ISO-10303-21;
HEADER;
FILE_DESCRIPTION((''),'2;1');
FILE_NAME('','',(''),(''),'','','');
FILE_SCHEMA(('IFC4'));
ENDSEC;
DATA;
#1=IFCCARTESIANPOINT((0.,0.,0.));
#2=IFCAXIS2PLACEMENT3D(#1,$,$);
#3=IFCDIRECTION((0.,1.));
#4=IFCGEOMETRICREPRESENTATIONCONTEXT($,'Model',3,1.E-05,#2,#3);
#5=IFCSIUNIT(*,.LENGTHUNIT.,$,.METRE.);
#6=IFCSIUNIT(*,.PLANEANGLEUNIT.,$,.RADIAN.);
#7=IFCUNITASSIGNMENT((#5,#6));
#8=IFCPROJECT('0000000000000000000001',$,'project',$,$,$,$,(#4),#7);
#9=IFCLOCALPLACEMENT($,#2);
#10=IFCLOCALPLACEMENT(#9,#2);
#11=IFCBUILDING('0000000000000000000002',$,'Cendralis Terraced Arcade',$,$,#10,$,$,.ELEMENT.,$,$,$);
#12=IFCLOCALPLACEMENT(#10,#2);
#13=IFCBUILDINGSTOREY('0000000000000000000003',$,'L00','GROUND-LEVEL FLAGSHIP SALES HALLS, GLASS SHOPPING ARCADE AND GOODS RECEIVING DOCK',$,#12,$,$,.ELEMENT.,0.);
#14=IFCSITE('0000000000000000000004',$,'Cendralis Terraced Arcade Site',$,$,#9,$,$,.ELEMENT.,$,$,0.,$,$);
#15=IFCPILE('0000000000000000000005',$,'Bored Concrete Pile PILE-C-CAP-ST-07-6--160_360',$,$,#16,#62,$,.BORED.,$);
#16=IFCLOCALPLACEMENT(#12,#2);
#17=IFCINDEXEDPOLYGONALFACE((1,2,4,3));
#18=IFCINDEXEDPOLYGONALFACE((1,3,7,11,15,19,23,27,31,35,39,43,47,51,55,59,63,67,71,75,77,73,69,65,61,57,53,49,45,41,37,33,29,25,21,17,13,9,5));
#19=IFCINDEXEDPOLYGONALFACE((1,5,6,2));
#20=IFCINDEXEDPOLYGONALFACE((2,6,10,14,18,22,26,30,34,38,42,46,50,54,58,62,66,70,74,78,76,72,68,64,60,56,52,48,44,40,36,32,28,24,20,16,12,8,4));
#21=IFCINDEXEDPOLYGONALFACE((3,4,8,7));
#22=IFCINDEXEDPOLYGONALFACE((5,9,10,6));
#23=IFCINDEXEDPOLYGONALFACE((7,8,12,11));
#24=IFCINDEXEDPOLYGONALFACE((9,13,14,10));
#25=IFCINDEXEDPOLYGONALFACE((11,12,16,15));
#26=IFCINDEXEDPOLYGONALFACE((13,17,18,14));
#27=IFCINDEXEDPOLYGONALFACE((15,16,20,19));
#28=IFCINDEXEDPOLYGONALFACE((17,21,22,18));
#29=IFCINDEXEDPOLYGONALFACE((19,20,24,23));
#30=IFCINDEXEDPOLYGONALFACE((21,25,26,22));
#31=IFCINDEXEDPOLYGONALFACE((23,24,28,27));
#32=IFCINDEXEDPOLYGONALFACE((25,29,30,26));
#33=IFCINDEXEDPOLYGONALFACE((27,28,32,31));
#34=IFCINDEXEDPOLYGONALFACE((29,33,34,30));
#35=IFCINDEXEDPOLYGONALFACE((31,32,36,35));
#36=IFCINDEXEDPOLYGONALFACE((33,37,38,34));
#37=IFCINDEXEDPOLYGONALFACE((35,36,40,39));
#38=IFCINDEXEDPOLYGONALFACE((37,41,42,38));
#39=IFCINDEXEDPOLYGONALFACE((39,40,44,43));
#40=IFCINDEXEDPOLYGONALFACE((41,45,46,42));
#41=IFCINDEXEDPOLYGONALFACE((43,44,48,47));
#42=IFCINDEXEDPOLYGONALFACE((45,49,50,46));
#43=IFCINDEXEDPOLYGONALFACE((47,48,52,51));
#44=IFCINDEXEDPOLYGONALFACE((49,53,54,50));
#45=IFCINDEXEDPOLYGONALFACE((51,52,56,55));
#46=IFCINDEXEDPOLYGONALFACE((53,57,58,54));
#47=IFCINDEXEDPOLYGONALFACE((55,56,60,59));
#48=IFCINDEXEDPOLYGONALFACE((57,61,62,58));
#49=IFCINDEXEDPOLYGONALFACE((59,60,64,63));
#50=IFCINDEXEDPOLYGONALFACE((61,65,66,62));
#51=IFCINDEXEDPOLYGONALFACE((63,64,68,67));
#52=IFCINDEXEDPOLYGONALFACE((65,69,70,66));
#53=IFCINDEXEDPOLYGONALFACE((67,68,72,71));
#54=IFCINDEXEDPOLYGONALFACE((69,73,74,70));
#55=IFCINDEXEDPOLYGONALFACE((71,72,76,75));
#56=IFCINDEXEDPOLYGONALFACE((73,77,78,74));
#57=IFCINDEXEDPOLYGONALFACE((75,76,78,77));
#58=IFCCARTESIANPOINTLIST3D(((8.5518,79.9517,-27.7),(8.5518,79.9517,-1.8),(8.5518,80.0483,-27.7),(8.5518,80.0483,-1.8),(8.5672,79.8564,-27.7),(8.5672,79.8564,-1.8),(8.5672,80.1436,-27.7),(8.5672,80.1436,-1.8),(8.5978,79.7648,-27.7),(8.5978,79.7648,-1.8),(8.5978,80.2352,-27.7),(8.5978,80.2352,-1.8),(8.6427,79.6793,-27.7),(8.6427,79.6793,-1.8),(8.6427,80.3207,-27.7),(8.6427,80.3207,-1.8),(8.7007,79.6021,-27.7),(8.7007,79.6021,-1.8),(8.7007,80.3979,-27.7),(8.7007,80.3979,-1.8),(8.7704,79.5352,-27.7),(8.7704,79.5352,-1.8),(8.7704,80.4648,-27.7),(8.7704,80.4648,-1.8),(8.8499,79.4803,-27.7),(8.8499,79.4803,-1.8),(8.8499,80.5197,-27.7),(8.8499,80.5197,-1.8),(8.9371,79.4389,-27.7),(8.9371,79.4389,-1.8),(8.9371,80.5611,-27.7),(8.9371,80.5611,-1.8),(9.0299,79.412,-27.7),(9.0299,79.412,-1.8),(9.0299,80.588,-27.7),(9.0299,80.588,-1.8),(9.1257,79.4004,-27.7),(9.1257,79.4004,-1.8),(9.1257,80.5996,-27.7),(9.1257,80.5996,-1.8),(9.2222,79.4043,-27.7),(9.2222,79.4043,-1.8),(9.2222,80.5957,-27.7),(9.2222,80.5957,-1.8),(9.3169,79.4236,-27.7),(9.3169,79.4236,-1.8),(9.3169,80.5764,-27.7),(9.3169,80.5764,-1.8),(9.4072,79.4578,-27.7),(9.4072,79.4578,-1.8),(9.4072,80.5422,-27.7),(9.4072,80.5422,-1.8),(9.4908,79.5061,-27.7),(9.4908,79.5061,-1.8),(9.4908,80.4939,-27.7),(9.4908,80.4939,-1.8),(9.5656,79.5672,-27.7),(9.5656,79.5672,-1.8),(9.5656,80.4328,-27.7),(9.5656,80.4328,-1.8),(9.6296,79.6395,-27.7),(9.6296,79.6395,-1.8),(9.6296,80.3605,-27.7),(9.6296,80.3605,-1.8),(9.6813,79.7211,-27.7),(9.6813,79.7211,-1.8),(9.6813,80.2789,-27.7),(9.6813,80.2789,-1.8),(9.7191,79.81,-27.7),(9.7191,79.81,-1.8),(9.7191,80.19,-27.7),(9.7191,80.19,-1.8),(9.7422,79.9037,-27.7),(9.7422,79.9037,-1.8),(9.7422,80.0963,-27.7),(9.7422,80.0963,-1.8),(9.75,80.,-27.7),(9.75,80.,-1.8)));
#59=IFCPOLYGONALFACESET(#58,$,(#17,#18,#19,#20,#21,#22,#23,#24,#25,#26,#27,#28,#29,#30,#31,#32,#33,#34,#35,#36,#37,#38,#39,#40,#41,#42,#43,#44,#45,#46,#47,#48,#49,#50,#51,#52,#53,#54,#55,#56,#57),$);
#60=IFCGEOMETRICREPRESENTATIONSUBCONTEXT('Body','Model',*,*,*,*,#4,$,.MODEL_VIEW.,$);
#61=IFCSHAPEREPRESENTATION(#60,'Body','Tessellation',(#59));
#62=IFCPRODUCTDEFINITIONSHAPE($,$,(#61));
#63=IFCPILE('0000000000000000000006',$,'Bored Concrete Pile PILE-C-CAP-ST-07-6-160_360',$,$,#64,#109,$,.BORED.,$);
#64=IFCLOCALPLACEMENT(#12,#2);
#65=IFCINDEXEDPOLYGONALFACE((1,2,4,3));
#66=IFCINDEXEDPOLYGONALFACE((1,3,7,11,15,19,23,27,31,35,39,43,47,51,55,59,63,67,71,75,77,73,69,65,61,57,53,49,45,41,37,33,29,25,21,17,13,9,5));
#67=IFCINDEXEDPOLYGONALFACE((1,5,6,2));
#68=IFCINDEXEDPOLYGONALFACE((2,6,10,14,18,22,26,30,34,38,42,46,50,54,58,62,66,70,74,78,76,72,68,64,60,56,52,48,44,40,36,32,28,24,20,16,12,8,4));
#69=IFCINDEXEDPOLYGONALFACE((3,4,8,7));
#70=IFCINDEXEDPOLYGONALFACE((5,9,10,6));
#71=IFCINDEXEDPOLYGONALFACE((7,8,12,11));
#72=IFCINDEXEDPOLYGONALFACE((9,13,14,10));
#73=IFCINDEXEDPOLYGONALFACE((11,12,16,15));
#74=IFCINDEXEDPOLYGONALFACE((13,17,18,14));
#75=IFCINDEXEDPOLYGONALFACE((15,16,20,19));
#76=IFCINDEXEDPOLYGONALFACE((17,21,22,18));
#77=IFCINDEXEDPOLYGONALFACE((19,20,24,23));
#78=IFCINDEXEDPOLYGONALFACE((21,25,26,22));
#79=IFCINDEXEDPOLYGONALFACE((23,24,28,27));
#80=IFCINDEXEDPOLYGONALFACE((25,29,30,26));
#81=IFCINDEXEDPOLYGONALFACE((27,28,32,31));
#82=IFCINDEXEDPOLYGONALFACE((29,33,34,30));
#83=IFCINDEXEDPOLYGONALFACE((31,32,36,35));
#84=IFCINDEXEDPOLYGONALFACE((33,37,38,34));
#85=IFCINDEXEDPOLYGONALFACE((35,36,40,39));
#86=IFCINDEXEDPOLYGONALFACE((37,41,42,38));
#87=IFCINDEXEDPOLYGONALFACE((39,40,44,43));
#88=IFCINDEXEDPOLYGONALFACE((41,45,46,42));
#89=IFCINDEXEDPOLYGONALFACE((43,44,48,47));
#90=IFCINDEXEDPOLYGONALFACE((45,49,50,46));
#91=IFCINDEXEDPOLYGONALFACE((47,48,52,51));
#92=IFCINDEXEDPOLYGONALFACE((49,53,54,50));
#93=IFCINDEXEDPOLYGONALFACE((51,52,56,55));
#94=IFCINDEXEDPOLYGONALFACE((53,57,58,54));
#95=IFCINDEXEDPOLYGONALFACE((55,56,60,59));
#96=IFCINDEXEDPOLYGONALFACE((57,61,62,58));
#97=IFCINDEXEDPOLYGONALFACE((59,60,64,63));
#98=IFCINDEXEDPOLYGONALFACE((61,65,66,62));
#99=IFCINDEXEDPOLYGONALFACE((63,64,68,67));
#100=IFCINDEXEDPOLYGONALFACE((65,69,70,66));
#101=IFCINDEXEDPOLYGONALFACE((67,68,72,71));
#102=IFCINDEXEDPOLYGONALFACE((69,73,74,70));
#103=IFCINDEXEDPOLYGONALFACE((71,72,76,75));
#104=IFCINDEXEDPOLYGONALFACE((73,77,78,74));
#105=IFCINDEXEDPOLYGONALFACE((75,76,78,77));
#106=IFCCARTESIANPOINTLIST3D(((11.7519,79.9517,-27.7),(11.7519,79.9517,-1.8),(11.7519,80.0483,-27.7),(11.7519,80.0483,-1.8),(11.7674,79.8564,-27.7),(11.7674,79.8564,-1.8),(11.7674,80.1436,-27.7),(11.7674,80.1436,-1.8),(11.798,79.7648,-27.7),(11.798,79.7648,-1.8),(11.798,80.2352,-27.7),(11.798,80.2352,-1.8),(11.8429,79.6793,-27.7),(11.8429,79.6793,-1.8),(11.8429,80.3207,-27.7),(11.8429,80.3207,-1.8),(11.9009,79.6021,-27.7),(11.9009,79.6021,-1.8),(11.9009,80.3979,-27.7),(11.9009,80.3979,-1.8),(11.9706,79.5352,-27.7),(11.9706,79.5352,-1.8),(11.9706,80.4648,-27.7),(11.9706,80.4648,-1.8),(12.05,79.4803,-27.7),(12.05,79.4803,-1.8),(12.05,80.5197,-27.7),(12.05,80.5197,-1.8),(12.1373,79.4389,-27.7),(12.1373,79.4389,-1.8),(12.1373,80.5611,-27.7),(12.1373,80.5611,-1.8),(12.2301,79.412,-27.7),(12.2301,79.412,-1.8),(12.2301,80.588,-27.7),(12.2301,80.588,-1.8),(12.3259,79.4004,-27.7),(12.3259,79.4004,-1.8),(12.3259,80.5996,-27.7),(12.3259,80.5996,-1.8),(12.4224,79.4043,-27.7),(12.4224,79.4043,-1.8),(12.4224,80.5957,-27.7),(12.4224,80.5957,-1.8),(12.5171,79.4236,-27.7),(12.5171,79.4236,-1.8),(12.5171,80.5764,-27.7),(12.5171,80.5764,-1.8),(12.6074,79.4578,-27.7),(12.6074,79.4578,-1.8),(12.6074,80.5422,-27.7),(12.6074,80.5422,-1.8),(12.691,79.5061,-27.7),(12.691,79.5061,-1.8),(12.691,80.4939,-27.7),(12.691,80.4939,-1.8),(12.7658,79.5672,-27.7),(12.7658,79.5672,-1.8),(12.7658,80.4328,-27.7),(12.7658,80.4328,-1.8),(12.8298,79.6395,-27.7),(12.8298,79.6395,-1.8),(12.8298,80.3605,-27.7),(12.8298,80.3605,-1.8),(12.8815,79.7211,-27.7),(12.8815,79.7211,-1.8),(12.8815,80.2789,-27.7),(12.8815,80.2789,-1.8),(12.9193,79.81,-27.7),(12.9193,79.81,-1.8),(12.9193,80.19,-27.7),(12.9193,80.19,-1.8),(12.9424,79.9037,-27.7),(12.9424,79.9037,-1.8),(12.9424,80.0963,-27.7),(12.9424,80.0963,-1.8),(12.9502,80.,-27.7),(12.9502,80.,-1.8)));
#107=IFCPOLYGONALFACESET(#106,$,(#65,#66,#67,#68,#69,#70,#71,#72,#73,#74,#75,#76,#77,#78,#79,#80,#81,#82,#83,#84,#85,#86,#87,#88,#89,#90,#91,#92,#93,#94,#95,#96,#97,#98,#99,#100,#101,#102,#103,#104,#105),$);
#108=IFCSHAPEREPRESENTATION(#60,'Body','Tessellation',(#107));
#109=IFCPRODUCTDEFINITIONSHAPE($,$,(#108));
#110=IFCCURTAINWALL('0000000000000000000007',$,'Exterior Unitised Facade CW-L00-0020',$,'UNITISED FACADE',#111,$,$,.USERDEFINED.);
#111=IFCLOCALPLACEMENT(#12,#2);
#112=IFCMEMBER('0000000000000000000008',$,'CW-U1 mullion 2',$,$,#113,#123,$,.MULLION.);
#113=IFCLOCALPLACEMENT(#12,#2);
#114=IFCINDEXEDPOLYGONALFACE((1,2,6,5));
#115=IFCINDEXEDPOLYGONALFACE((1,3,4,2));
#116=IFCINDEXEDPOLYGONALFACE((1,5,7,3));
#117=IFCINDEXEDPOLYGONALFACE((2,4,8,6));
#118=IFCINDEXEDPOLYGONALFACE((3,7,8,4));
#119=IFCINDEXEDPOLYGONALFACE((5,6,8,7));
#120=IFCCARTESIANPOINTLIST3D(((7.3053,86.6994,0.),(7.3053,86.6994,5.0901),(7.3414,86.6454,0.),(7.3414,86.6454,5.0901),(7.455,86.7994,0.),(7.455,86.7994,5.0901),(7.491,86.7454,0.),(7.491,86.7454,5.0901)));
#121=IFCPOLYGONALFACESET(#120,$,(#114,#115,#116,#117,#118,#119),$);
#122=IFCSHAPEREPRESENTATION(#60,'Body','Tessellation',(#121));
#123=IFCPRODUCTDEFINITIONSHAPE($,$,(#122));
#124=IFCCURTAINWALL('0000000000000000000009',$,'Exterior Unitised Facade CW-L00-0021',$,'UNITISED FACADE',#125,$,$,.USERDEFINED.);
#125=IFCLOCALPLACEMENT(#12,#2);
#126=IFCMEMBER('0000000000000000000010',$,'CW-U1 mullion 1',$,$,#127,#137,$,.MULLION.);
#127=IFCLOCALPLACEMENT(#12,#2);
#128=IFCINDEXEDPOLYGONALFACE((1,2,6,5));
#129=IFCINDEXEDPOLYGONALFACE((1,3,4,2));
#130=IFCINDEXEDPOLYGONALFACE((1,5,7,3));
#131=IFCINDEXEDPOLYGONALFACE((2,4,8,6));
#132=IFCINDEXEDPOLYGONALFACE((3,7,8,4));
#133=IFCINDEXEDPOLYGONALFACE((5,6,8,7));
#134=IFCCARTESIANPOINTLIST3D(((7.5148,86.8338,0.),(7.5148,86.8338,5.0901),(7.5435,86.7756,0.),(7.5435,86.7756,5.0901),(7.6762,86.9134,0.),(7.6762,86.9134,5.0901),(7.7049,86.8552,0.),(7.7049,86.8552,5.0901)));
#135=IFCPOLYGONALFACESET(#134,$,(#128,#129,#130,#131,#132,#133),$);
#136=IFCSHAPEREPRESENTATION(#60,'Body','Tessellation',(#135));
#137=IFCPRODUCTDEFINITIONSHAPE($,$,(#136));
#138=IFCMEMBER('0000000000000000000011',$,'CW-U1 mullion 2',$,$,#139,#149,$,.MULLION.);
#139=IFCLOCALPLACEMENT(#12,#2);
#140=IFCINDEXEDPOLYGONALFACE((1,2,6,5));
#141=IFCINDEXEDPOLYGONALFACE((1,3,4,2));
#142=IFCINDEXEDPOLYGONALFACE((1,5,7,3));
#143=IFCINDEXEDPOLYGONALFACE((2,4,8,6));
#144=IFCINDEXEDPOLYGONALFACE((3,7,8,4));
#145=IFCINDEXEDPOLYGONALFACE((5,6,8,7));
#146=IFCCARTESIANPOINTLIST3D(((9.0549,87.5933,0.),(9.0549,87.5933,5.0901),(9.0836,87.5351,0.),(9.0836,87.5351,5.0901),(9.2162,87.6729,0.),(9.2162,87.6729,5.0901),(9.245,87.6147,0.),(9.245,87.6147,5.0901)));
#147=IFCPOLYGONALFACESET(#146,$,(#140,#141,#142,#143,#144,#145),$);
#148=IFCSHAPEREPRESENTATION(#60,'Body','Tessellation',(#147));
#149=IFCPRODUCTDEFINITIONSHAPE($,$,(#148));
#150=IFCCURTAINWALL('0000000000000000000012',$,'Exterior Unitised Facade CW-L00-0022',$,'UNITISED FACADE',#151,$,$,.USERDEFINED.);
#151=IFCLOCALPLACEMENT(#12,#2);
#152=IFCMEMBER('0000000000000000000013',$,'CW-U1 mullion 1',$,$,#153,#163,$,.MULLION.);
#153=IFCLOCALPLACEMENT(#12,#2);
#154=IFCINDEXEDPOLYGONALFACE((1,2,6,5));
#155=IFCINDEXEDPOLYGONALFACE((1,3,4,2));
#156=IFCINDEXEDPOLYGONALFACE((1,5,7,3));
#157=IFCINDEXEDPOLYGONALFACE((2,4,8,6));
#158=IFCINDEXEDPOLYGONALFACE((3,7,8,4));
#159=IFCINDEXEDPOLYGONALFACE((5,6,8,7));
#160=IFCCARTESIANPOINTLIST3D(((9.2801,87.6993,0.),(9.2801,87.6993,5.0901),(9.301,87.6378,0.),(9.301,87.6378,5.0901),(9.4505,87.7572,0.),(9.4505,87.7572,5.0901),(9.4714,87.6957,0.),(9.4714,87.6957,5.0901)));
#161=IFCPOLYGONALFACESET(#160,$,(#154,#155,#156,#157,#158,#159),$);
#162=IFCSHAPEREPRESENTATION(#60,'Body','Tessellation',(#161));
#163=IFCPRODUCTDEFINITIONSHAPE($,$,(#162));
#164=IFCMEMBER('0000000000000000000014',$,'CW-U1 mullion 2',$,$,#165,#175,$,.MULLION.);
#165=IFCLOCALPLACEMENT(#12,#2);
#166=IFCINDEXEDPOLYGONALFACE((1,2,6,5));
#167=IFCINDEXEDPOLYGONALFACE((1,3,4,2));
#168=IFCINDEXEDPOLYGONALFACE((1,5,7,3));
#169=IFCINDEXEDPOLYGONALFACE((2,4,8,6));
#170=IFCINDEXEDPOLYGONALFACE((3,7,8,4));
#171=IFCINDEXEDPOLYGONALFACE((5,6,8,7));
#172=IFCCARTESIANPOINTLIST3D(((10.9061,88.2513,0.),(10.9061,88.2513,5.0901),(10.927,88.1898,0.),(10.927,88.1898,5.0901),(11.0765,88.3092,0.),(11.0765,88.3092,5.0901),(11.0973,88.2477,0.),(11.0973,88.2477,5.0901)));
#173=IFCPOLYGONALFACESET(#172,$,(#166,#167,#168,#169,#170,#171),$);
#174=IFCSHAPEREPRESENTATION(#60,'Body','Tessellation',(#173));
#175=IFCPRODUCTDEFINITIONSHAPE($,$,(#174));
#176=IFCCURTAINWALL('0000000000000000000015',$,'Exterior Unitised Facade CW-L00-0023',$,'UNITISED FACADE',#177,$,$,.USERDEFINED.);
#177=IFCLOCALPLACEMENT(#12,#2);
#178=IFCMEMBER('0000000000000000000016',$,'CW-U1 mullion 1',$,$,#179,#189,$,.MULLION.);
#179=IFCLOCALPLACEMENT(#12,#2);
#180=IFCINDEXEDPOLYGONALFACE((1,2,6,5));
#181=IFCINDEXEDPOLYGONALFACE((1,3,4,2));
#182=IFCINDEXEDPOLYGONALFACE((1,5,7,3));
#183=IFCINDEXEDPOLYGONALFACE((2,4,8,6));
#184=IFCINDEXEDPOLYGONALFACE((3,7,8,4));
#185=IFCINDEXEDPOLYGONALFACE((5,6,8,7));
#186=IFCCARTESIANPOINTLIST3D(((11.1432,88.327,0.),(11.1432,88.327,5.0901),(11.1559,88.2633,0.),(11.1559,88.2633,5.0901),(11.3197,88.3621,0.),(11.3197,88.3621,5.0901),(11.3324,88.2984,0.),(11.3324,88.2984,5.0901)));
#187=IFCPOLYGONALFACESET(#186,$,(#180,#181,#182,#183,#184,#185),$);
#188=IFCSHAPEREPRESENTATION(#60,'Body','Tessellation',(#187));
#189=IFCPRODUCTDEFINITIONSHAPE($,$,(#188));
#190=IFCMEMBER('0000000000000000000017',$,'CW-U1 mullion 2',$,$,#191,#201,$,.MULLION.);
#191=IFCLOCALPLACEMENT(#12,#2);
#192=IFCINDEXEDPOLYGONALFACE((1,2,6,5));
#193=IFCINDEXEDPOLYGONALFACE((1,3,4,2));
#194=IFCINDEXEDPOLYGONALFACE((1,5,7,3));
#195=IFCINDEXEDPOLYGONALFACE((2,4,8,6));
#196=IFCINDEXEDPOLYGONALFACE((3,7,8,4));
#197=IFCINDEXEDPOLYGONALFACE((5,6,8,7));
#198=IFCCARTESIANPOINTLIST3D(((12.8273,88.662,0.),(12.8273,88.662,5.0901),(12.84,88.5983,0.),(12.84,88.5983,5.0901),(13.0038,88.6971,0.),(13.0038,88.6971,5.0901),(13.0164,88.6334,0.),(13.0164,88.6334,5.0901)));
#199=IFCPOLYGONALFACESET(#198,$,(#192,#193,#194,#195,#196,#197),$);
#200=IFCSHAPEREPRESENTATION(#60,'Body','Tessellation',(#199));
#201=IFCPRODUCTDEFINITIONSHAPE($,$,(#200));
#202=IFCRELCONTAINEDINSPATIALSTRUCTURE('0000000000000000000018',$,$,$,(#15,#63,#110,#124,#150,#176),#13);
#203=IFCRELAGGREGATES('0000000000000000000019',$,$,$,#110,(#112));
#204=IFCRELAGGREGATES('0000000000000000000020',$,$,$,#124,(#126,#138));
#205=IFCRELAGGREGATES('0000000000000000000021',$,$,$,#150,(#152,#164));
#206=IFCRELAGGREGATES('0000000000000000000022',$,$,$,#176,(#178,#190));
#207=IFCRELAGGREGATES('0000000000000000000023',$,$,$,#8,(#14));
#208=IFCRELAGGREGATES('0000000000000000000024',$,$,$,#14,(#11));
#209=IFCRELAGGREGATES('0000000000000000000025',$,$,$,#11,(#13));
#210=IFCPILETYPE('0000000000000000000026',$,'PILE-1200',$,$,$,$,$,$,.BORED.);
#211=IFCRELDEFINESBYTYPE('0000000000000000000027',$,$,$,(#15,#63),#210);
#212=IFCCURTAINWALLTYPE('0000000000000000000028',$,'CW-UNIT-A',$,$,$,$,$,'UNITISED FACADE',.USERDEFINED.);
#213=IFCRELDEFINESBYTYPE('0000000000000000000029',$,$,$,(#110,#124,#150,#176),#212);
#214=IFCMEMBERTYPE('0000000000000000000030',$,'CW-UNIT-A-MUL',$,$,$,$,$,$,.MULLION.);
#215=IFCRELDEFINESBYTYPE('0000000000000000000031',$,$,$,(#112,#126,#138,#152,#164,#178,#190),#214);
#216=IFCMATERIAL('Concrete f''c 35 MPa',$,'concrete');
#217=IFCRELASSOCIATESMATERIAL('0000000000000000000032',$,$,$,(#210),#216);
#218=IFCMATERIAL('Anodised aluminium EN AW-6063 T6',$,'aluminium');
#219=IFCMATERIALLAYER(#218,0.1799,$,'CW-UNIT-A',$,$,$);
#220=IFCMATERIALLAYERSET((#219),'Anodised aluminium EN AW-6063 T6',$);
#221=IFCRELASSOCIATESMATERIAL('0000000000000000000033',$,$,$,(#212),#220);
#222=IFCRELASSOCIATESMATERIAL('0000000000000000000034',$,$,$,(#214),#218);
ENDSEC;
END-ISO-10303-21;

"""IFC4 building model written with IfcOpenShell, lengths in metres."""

from ifc_helpers import new_model, si_unit, direction, frame, origin, origin_2d, place, context, subcontext, project, spatial, rectangle, circle, extrude, material, layer, layer_set, material_profile, profile_set, type_object, element, aggregate, save


model = new_model("IFC4")

# Units and contexts
model_context = context("Model", 3, precision=1e-05, world=origin(), true_north=direction((0.0, 1.0)))
body_context = subcontext(model_context, "Body", "Model", "MODEL_VIEW")
ifc_project = project(units=[si_unit("LENGTHUNIT", "METRE"), si_unit("PLANEANGLEUNIT", "RADIAN")], contexts=[model_context])

# Site, building, storey
site_placement = place(None, origin())
site = spatial("IfcSite", under=ifc_project, at=site_placement, Name="Cendralis Terraced Arcade Site", CompositionType="ELEMENT", RefElevation=0.0)
building_placement = place(site_placement, origin())
building = spatial("IfcBuilding", under=site, at=building_placement, Name="Cendralis Terraced Arcade", CompositionType="ELEMENT")
storey_placement = place(building_placement, origin())
storey = spatial("IfcBuildingStorey", under=building, at=storey_placement, Name="L00", Description="GROUND-LEVEL FLAGSHIP SALES HALLS, GLASS SHOPPING ARCADE AND GOODS RECEIVING DOCK", CompositionType="ELEMENT", Elevation=0.0)

# Piles
ifc_material_1 = material(Name="Concrete f'c 35 MPa", Category="concrete")
ifc_material_profile_1 = material_profile(ifc_material_1, circle(Radius=0.6001, at=origin_2d()), Name="PILE-D1200", Category="LoadBearing")
ifc_profile_set_1 = profile_set([ifc_material_profile_1], Name="Concrete f'c 35 MPa")
pile_type = type_object("IfcPileType", Name="PILE-1200", PredefinedType="BORED", material=ifc_profile_set_1)
for number, where, z_axis, x_axis, name in (
    (1, (9.1499, 80.0, -1.8), (0.0, 0.0, -1.0), (1.0, 0.0, 0.0), "Bored Concrete Pile PILE-C-CAP-ST-07-6--160_360"),
    (2, (12.3501, 80.0, -1.8), (0.0, 0.0, -1.0), (1.0, 0.0, 0.0), "Bored Concrete Pile PILE-C-CAP-ST-07-6-160_360"),
):
    element("IfcPile", number, at=place(storey_placement, frame(where, z_axis=z_axis, x_axis=x_axis)), inside=storey, type_object=pile_type, Name=name, PredefinedType="BORED", context=body_context, shape_type="SweptSolid", body=[
        extrude(circle(Radius=0.6001, at=origin_2d()), origin(), (0.0, 0.0, 1.0), 25.8999),
    ])

# Curtain wall, member
ifc_material_2 = material(Name="Anodised aluminium EN AW-6063 T6", Category="aluminium")
ifc_layer_1 = layer(ifc_material_2, 0.1799, Name="CW-UNIT-A")
ifc_layer_set_1 = layer_set([ifc_layer_1], Name="Anodised aluminium EN AW-6063 T6")
curtain_wall_type = type_object("IfcCurtainWallType", Name="CW-UNIT-A", ElementType="UNITISED FACADE", PredefinedType="USERDEFINED", material=ifc_layer_set_1)
curtain_wall_1_placement = place(storey_placement, origin())
curtain_wall_1 = element("IfcCurtainWall", 3, at=curtain_wall_1_placement, inside=storey, type_object=curtain_wall_type, Name="Exterior Unitised Facade CW-L00-0020", ObjectType="UNITISED FACADE", PredefinedType="USERDEFINED")
ifc_material_profile_2 = material_profile(ifc_material_2, rectangle(XDim=0.0649, YDim=0.1799, at=origin_2d()), Name="ALU-MUL-65x180")
ifc_profile_set_2 = profile_set([ifc_material_profile_2], Name="Anodised aluminium EN AW-6063 T6")
member_type_1 = type_object("IfcMemberType", Name="CW-UNIT-A-MUL", PredefinedType="MULLION", material=ifc_profile_set_2)
member_1_placement = place(storey_placement, frame((7.3982, 86.7224, 0.0), z_axis=(0.0, 0.0, 1.0), x_axis=(-0.555567, 0.831471, 0.0)))
member_1 = element("IfcMember", 4, at=member_1_placement, type_object=member_type_1, Name="CW-U1 mullion 2", PredefinedType="MULLION", context=body_context, shape_type="SweptSolid", body=[
    extrude(rectangle(XDim=0.0649, YDim=0.1799, at=origin_2d()), origin(), (0.0, 0.0, 1.0), 5.0901),
])

# Curtain walls, members
curtain_wall_2_placement = place(storey_placement, origin())
curtain_wall_2 = element("IfcCurtainWall", 5, at=curtain_wall_2_placement, inside=storey, type_object=curtain_wall_type, Name="Exterior Unitised Facade CW-L00-0021", ObjectType="UNITISED FACADE", PredefinedType="USERDEFINED")
member_2_placement = place(storey_placement, frame((7.6099, 86.8445, 0.0), z_axis=(0.0, 0.0, 1.0), x_axis=(-0.442291, 0.896871, 0.0)))
member_2 = element("IfcMember", 6, at=member_2_placement, type_object=member_type_1, Name="CW-U1 mullion 1", PredefinedType="MULLION", context=body_context, shape_type="SweptSolid", body=[
    extrude(rectangle(XDim=0.0649, YDim=0.1799, at=origin_2d()), origin(), (0.0, 0.0, 1.0), 5.0901),
])
member_3_placement = place(storey_placement, frame((9.1499, 87.604, 0.0), z_axis=(0.0, 0.0, 1.0), x_axis=(-0.442291, 0.896871, 0.0)))
member_3 = element("IfcMember", 7, at=member_3_placement, type_object=member_type_1, Name="CW-U1 mullion 2", PredefinedType="MULLION", context=body_context, shape_type="SweptSolid", body=[
    extrude(rectangle(XDim=0.0649, YDim=0.1799, at=origin_2d()), origin(), (0.0, 0.0, 1.0), 5.0901),
])
curtain_wall_3_placement = place(storey_placement, origin())
curtain_wall_3 = element("IfcCurtainWall", 8, at=curtain_wall_3_placement, inside=storey, type_object=curtain_wall_type, Name="Exterior Unitised Facade CW-L00-0022", ObjectType="UNITISED FACADE", PredefinedType="USERDEFINED")
member_4_placement = place(storey_placement, frame((9.3757, 87.6975, 0.0), z_axis=(0.0, 0.0, 1.0), x_axis=(-0.321458, 0.946924, 0.0)))
member_4 = element("IfcMember", 9, at=member_4_placement, type_object=member_type_1, Name="CW-U1 mullion 1", PredefinedType="MULLION", context=body_context, shape_type="SweptSolid", body=[
    extrude(rectangle(XDim=0.0649, YDim=0.1799, at=origin_2d()), origin(), (0.0, 0.0, 1.0), 5.0901),
])
member_5_placement = place(storey_placement, frame((11.0017, 88.2495, 0.0), z_axis=(0.0, 0.0, 1.0), x_axis=(-0.321458, 0.946924, 0.0)))
member_5 = element("IfcMember", 10, at=member_5_placement, type_object=member_type_1, Name="CW-U1 mullion 2", PredefinedType="MULLION", context=body_context, shape_type="SweptSolid", body=[
    extrude(rectangle(XDim=0.0649, YDim=0.1799, at=origin_2d()), origin(), (0.0, 0.0, 1.0), 5.0901),
])
curtain_wall_4_placement = place(storey_placement, origin())
curtain_wall_4 = element("IfcCurtainWall", 11, at=curtain_wall_4_placement, inside=storey, type_object=curtain_wall_type, Name="Exterior Unitised Facade CW-L00-0023", ObjectType="UNITISED FACADE", PredefinedType="USERDEFINED")
member_6_placement = place(storey_placement, frame((11.2378, 88.3127, 0.0), z_axis=(0.0, 0.0, 1.0), x_axis=(-0.195058, 0.980792, 0.0)))
member_6 = element("IfcMember", 12, at=member_6_placement, type_object=member_type_1, Name="CW-U1 mullion 1", PredefinedType="MULLION", context=body_context, shape_type="SweptSolid", body=[
    extrude(rectangle(XDim=0.0649, YDim=0.1799, at=origin_2d()), origin(), (0.0, 0.0, 1.0), 5.0901),
])
member_7_placement = place(storey_placement, frame((12.9219, 88.6477, 0.0), z_axis=(0.0, 0.0, 1.0), x_axis=(-0.195058, 0.980792, 0.0)))
member_7 = element("IfcMember", 13, at=member_7_placement, type_object=member_type_1, Name="CW-U1 mullion 2", PredefinedType="MULLION", context=body_context, shape_type="SweptSolid", body=[
    extrude(rectangle(XDim=0.0649, YDim=0.1799, at=origin_2d()), origin(), (0.0, 0.0, 1.0), 5.0901),
])

aggregate(curtain_wall_1, [member_1])
aggregate(curtain_wall_2, [member_2, member_3])
aggregate(curtain_wall_3, [member_4, member_5])
aggregate(curtain_wall_4, [member_6, member_7])

save(model, "model.ifc")
